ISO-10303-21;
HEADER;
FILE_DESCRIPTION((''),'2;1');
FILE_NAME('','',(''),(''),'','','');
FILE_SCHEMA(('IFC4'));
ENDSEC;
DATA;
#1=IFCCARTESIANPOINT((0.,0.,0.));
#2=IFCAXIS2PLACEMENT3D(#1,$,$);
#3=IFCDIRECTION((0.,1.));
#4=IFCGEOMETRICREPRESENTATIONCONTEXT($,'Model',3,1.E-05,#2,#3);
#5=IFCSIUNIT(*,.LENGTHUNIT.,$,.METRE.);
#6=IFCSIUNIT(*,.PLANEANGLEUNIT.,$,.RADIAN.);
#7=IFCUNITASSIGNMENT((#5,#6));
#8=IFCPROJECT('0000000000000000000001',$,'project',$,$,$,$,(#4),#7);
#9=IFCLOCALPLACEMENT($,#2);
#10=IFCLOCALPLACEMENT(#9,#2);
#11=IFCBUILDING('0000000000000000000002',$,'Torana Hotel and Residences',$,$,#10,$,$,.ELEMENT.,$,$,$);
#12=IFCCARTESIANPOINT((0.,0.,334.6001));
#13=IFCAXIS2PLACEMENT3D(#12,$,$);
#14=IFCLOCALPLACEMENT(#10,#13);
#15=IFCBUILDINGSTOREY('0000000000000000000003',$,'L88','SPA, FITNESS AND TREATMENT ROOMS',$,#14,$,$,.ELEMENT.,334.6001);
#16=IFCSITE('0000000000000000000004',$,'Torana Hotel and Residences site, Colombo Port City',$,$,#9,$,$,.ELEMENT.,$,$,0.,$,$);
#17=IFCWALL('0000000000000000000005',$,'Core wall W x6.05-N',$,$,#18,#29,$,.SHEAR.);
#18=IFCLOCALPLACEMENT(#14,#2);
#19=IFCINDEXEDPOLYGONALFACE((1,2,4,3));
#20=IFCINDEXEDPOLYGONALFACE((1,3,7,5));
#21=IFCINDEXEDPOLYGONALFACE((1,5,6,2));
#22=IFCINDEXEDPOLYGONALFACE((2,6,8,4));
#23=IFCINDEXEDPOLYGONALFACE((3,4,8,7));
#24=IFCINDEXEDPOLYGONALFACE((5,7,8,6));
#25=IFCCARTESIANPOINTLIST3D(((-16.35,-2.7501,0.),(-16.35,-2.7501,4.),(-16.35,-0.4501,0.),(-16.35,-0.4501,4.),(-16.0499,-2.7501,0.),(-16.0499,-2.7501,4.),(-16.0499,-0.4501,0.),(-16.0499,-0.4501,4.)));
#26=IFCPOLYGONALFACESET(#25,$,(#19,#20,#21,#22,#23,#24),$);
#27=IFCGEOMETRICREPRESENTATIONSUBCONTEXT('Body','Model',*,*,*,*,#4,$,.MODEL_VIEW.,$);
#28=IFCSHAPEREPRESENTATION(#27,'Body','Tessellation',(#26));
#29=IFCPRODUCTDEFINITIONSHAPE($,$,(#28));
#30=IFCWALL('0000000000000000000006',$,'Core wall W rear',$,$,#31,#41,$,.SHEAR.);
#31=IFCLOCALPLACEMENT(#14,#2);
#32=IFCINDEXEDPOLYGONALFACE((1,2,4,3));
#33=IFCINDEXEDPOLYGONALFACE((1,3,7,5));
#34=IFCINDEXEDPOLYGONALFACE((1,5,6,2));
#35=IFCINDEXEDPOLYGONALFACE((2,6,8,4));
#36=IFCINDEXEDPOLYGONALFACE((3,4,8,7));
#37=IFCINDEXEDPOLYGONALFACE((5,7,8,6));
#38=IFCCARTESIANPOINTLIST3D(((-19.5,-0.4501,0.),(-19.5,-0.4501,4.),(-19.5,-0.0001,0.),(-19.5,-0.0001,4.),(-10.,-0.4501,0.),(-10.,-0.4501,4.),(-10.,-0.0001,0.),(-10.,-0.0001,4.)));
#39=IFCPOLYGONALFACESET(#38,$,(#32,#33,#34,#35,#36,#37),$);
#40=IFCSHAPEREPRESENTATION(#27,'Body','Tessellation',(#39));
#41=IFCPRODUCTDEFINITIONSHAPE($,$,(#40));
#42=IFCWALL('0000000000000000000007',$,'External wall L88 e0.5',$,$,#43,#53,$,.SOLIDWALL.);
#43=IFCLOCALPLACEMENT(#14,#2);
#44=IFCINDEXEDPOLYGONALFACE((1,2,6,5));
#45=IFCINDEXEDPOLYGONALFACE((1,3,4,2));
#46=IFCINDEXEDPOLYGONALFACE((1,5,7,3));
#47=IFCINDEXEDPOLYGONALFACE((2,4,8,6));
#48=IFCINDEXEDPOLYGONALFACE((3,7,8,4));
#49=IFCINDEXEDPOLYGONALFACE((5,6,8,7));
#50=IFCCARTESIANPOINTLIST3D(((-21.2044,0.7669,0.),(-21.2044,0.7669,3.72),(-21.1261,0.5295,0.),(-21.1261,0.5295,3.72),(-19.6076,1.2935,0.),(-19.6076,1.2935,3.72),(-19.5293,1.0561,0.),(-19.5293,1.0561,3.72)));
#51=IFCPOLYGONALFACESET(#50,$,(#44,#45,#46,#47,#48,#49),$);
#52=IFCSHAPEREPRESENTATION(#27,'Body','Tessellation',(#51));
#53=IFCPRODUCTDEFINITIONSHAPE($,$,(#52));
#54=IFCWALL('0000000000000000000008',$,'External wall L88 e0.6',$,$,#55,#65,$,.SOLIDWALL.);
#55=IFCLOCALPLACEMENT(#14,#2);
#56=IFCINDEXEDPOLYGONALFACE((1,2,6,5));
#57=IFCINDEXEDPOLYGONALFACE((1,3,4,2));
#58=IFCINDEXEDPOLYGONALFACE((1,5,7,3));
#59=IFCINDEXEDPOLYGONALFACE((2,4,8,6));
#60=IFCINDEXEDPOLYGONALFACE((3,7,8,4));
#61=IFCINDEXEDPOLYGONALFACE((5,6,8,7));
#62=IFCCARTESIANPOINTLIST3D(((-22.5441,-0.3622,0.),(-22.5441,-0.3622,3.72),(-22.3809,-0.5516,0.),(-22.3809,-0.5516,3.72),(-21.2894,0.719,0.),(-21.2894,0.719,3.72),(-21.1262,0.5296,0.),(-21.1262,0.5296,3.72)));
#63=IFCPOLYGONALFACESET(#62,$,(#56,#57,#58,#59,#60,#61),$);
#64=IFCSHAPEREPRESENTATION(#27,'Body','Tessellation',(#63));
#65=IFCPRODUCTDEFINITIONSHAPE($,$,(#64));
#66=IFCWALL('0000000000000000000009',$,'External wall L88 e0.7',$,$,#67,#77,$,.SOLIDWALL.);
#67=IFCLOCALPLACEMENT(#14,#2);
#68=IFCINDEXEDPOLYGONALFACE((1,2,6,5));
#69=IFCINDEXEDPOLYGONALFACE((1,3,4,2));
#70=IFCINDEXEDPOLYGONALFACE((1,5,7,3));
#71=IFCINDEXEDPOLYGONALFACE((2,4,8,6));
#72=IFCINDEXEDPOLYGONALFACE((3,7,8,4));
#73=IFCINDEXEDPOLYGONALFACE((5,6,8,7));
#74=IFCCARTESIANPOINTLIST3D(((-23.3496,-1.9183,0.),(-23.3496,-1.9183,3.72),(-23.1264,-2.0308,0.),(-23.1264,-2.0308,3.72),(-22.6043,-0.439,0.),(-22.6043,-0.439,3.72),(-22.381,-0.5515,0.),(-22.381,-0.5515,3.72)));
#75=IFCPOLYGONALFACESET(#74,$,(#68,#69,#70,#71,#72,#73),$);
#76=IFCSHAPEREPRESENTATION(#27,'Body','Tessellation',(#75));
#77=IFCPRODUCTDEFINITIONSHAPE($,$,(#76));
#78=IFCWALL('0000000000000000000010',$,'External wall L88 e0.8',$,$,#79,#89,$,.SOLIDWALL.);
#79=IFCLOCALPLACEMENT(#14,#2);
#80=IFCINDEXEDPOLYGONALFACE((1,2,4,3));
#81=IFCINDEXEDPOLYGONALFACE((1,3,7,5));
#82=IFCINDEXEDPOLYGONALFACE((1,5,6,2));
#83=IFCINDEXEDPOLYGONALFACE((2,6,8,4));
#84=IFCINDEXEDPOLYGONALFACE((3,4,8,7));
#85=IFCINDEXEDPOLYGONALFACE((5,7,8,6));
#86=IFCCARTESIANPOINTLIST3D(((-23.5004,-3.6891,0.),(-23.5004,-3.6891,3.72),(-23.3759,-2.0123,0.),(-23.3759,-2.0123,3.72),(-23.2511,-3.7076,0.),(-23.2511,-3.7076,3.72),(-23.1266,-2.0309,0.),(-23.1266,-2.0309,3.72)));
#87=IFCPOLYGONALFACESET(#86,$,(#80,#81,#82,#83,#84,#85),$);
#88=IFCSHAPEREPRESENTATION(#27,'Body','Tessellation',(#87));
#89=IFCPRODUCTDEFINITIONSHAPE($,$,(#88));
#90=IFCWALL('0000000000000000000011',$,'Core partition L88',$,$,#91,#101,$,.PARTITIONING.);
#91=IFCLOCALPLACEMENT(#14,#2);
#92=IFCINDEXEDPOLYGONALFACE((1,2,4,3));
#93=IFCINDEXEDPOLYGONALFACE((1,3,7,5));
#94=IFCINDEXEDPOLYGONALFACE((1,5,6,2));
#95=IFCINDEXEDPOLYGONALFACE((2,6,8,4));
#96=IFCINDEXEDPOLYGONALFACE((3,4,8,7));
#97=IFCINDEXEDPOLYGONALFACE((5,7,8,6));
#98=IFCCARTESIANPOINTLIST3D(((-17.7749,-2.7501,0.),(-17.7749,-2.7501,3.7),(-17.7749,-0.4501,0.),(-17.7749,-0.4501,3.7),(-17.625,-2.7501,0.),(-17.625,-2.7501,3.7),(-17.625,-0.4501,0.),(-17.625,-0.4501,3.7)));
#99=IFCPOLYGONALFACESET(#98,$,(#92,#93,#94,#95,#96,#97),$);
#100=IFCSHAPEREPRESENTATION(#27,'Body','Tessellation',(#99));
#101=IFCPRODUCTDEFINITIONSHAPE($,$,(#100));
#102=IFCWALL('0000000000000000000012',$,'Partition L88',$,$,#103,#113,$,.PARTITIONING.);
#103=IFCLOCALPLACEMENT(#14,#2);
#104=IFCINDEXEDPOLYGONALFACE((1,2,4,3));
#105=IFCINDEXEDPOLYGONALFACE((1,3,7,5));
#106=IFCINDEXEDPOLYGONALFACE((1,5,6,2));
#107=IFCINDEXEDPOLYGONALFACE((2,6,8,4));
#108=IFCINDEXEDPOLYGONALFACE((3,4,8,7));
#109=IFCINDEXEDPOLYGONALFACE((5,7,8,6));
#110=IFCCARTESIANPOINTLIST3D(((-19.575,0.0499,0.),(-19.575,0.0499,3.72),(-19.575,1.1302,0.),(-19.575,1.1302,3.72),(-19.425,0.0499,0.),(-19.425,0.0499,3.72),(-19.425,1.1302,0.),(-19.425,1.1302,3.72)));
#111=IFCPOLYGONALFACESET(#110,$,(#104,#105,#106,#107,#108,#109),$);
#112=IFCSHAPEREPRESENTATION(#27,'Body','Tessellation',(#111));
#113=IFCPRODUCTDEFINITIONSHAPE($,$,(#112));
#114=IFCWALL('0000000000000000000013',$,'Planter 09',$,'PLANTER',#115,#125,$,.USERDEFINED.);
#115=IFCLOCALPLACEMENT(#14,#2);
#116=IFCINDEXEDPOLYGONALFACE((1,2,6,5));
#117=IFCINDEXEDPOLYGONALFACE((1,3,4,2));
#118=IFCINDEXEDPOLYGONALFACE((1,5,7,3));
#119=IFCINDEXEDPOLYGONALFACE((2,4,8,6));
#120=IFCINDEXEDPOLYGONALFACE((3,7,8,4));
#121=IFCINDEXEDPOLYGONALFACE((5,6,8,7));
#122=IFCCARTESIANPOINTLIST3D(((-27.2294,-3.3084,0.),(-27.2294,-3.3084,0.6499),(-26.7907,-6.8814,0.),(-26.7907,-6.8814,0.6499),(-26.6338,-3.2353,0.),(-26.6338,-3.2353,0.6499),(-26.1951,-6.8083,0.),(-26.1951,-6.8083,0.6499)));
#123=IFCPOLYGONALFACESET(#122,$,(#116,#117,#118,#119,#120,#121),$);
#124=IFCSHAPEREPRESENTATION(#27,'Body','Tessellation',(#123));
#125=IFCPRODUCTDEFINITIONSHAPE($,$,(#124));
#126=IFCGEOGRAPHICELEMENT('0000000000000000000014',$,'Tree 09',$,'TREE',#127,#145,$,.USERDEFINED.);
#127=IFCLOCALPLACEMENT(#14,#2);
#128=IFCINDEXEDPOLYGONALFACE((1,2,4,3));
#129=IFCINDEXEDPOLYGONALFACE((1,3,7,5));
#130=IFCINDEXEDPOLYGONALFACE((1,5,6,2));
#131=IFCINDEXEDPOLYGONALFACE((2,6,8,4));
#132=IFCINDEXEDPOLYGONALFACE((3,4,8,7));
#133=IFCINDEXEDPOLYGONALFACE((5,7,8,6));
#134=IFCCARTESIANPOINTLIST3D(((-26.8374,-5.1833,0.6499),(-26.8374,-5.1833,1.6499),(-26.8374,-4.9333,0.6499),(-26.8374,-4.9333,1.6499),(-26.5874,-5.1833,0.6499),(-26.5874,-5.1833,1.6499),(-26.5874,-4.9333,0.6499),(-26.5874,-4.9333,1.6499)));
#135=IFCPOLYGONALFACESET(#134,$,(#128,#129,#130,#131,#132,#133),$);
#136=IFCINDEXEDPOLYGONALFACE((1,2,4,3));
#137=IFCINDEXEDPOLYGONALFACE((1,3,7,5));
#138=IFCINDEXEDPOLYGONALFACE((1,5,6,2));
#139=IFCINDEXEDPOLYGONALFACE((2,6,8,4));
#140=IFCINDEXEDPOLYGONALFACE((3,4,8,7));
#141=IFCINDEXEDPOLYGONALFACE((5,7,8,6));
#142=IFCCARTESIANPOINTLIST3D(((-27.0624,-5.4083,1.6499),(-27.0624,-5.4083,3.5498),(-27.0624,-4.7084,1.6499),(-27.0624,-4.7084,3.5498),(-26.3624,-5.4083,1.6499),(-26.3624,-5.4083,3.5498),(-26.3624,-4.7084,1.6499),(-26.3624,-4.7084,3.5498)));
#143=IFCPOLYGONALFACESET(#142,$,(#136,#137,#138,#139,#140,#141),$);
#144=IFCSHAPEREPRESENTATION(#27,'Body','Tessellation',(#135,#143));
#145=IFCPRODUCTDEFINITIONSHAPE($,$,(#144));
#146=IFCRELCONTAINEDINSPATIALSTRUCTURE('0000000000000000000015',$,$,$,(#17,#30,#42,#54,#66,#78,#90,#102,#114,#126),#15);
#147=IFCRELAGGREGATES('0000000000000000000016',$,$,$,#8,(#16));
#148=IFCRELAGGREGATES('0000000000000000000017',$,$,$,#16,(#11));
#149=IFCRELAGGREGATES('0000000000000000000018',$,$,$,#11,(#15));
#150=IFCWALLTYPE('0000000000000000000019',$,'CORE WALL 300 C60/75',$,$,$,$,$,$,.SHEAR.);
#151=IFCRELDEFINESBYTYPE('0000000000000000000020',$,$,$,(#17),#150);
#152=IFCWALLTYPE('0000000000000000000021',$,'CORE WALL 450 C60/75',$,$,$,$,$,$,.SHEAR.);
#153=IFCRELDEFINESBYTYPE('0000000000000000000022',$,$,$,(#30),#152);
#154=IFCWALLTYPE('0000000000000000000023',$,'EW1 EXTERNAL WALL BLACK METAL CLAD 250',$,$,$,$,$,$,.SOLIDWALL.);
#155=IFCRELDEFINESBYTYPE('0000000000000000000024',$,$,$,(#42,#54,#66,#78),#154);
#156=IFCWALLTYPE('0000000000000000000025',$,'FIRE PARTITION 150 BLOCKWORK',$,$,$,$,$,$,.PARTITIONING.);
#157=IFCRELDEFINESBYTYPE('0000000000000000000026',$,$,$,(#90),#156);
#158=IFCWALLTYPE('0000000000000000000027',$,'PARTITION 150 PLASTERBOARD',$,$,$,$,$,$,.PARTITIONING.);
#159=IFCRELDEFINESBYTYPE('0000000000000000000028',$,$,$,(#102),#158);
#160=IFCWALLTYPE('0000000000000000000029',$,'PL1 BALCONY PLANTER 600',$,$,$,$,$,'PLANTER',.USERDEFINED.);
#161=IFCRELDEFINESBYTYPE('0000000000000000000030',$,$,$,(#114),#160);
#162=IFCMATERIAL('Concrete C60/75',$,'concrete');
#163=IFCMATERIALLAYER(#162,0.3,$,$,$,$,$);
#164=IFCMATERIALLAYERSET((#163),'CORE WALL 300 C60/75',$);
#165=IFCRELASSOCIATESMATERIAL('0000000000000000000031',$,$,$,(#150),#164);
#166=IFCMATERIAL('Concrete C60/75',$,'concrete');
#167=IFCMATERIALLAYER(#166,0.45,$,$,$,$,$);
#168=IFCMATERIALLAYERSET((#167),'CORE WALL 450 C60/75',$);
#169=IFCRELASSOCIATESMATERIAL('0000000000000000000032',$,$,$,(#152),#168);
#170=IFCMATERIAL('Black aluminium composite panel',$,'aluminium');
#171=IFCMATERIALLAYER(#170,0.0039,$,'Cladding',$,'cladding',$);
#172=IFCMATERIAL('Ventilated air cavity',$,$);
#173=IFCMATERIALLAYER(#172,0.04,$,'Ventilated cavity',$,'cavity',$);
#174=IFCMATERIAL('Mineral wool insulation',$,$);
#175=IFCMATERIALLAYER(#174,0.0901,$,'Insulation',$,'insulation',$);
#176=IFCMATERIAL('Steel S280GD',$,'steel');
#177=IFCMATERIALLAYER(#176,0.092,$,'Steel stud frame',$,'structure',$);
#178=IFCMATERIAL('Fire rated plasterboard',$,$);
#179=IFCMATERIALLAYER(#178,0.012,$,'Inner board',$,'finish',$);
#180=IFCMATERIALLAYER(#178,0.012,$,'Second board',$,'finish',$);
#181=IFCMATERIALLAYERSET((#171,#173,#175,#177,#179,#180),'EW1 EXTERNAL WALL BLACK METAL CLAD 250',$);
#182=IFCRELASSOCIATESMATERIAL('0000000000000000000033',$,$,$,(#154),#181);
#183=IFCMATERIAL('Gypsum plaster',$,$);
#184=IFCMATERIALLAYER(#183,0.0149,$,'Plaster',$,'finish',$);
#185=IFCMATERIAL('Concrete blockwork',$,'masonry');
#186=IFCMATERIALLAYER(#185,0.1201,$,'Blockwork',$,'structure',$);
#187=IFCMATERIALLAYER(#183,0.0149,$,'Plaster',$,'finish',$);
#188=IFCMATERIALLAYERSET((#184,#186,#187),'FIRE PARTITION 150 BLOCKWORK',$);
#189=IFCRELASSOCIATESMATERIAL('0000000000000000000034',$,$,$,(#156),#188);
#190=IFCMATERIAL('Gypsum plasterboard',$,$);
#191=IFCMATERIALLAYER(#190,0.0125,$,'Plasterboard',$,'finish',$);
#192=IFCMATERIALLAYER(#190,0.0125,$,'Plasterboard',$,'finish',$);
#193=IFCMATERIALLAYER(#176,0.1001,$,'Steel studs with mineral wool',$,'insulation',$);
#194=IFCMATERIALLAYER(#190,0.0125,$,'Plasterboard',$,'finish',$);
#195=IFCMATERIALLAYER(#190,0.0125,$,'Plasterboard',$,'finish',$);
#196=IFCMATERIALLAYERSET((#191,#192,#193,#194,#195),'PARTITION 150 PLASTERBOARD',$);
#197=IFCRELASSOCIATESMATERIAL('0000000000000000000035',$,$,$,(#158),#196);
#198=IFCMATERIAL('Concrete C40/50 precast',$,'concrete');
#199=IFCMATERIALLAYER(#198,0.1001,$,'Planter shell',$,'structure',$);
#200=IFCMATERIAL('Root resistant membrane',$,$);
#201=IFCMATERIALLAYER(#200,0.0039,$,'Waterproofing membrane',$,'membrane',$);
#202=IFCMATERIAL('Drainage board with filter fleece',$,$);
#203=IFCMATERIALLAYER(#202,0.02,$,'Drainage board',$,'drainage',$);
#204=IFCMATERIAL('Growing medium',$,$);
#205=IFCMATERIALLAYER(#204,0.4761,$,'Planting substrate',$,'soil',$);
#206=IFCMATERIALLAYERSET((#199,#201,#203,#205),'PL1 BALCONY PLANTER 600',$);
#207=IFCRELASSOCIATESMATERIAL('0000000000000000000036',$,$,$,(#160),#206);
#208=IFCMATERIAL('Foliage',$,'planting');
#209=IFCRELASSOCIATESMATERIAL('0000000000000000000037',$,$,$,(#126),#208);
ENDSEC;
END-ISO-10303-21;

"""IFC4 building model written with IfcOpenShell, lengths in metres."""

from ifc_helpers import new_model, si_unit, direction, frame, frame_2d, origin, origin_2d, place, context, subcontext, project, spatial, rectangle, extrude, material, layer, layer_set, type_object, element, save


model = new_model("IFC4")

# Units and contexts
model_context = context("Model", 3, precision=1e-05, world=origin(), true_north=direction((0.0, 1.0)))
body_context = subcontext(model_context, "Body", "Model", "MODEL_VIEW")
ifc_project = project(units=[si_unit("LENGTHUNIT", "METRE"), si_unit("PLANEANGLEUNIT", "RADIAN")], contexts=[model_context])

# Site, building, storey
site_placement = place(None, origin())
site = spatial("IfcSite", under=ifc_project, at=site_placement, Name="Torana Hotel and Residences site, Colombo Port City", CompositionType="ELEMENT", RefElevation=0.0)
building_placement = place(site_placement, origin())
building = spatial("IfcBuilding", under=site, at=building_placement, Name="Torana Hotel and Residences", CompositionType="ELEMENT")
storey_placement = place(building_placement, frame((0.0, 0.0, 334.6001)))
storey = spatial("IfcBuildingStorey", under=building, at=storey_placement, Name="L88", Description="SPA, FITNESS AND TREATMENT ROOMS", CompositionType="ELEMENT", Elevation=334.6001)

# Shared definitions
ifc_material_1 = material(Name="Concrete C60/75", Category="concrete")
ifc_layer_1 = layer(ifc_material_1, 0.3)
ifc_layer_set_1 = layer_set([ifc_layer_1], Name="CORE WALL 300 C60/75")
wall_type_1 = type_object("IfcWallType", Name="CORE WALL 300 C60/75", PredefinedType="SHEAR", material=ifc_layer_set_1)

# Walls
wall_1_placement = place(storey_placement, frame((-16.2, -2.75, 0.0), z_axis=(0.0, 0.0, 1.0), x_axis=(0.0, 1.0, 0.0)))
element("IfcWall", 1, at=wall_1_placement, inside=storey, type_object=wall_type_1, Name="Core wall W x6.05-N", PredefinedType="SHEAR", context=body_context, shape_type="SweptSolid", body=[
    extrude(rectangle(XDim=2.3, YDim=0.3, at=frame_2d((1.1499, 0.0))), origin(), (0.0, 0.0, 1.0), 4.0),
])
ifc_material_2 = material(Name="Concrete C60/75", Category="concrete")
ifc_layer_2 = layer(ifc_material_2, 0.45)
ifc_layer_set_2 = layer_set([ifc_layer_2], Name="CORE WALL 450 C60/75")
wall_type_2 = type_object("IfcWallType", Name="CORE WALL 450 C60/75", PredefinedType="SHEAR", material=ifc_layer_set_2)
wall_2_placement = place(storey_placement, frame((-19.5, -0.2251, 0.0), z_axis=(0.0, 0.0, 1.0), x_axis=(1.0, 0.0, 0.0)))
element("IfcWall", 2, at=wall_2_placement, inside=storey, type_object=wall_type_2, Name="Core wall W rear", PredefinedType="SHEAR", context=body_context, shape_type="SweptSolid", body=[
    extrude(rectangle(XDim=9.5, YDim=0.45, at=frame_2d((4.75, 0.0))), origin(), (0.0, 0.0, 1.0), 4.0),
])
ifc_material_3 = material(Name="Black aluminium composite panel", Category="aluminium")
ifc_layer_3 = layer(ifc_material_3, 0.0039, Name="Cladding", Category="cladding")
ifc_material_4 = material(Name="Ventilated air cavity")
ifc_layer_4 = layer(ifc_material_4, 0.04, Name="Ventilated cavity", Category="cavity")
ifc_material_5 = material(Name="Mineral wool insulation")
ifc_layer_5 = layer(ifc_material_5, 0.0901, Name="Insulation", Category="insulation")
ifc_material_6 = material(Name="Steel S280GD", Category="steel")
ifc_layer_6 = layer(ifc_material_6, 0.092, Name="Steel stud frame", Category="structure")
ifc_material_7 = material(Name="Fire rated plasterboard")
ifc_layer_7 = layer(ifc_material_7, 0.012, Name="Inner board", Category="finish")
ifc_layer_8 = layer(ifc_material_7, 0.012, Name="Second board", Category="finish")
ifc_layer_set_3 = layer_set([ifc_layer_3, ifc_layer_4, ifc_layer_5, ifc_layer_6, ifc_layer_7, ifc_layer_8], Name="EW1 EXTERNAL WALL BLACK METAL CLAD 250")
wall_type_3 = type_object("IfcWallType", Name="EW1 EXTERNAL WALL BLACK METAL CLAD 250", PredefinedType="SOLIDWALL", material=ifc_layer_set_3)
wall_3_placement = place(storey_placement, frame((-19.5684, 1.1748, 0.0), z_axis=(0.0, 0.0, 1.0), x_axis=(-0.949695, -0.313177, 0.0)))
element("IfcWall", 3, at=wall_3_placement, inside=storey, type_object=wall_type_3, Name="External wall L88 e0.5", PredefinedType="SOLIDWALL", context=body_context, shape_type="SweptSolid", body=[
    extrude(rectangle(XDim=1.6814, YDim=0.25, at=frame_2d((0.8408, 0.0))), origin(), (0.0, 0.0, 1.0), 3.72),
])
wall_4_placement = place(storey_placement, frame((-21.2078, 0.6243, 0.0), z_axis=(0.0, 0.0, 1.0), x_axis=(-0.757568, -0.652756, 0.0)))
element("IfcWall", 4, at=wall_4_placement, inside=storey, type_object=wall_type_3, Name="External wall L88 e0.6", PredefinedType="SOLIDWALL", context=body_context, shape_type="SweptSolid", body=[
    extrude(rectangle(XDim=1.6562, YDim=0.25, at=frame_2d((0.8281, 0.0))), origin(), (0.0, 0.0, 1.0), 3.72),
])
wall_5_placement = place(storey_placement, frame((-22.4927, -0.4954, 0.0), z_axis=(0.0, 0.0, 1.0), x_axis=(-0.449982, -0.893037, 0.0)))
element("IfcWall", 5, at=wall_5_placement, inside=storey, type_object=wall_type_3, Name="External wall L88 e0.7", PredefinedType="SOLIDWALL", context=body_context, shape_type="SweptSolid", body=[
    extrude(rectangle(XDim=1.6565, YDim=0.25, at=frame_2d((0.8281, 0.0))), origin(), (0.0, 0.0, 1.0), 3.72),
])
wall_6_placement = place(storey_placement, frame((-23.2512, -2.0215, 0.0), z_axis=(0.0, 0.0, 1.0), x_axis=(-0.074054, -0.997254, 0.0)))
element("IfcWall", 6, at=wall_6_placement, inside=storey, type_object=wall_type_3, Name="External wall L88 e0.8", PredefinedType="SOLIDWALL", context=body_context, shape_type="SweptSolid", body=[
    extrude(rectangle(XDim=1.6814, YDim=0.25, at=frame_2d((0.8408, 0.0))), origin(), (0.0, 0.0, 1.0), 3.72),
])

# Walls
ifc_material_8 = material(Name="Gypsum plaster")
ifc_layer_9 = layer(ifc_material_8, 0.0149, Name="Plaster", Category="finish")
ifc_material_9 = material(Name="Concrete blockwork", Category="masonry")
ifc_layer_10 = layer(ifc_material_9, 0.1201, Name="Blockwork", Category="structure")
ifc_layer_11 = layer(ifc_material_8, 0.0149, Name="Plaster", Category="finish")
ifc_layer_set_4 = layer_set([ifc_layer_9, ifc_layer_10, ifc_layer_11], Name="FIRE PARTITION 150 BLOCKWORK")
wall_type_4 = type_object("IfcWallType", Name="FIRE PARTITION 150 BLOCKWORK", PredefinedType="PARTITIONING", material=ifc_layer_set_4)
wall_7_placement = place(storey_placement, frame((-17.7, -2.75, 0.0), z_axis=(0.0, 0.0, 1.0), x_axis=(0.0, 1.0, 0.0)))
element("IfcWall", 7, at=wall_7_placement, inside=storey, type_object=wall_type_4, Name="Core partition L88", PredefinedType="PARTITIONING", context=body_context, shape_type="SweptSolid", body=[
    extrude(rectangle(XDim=2.3, YDim=0.1499, at=frame_2d((1.1499, 0.0))), origin(), (0.0, 0.0, 1.0), 3.7),
])
ifc_material_10 = material(Name="Gypsum plasterboard")
ifc_layer_12 = layer(ifc_material_10, 0.0125, Name="Plasterboard", Category="finish")
ifc_layer_13 = layer(ifc_material_10, 0.0125, Name="Plasterboard", Category="finish")
ifc_layer_14 = layer(ifc_material_6, 0.1001, Name="Steel studs with mineral wool", Category="insulation")
ifc_layer_15 = layer(ifc_material_10, 0.0125, Name="Plasterboard", Category="finish")
ifc_layer_16 = layer(ifc_material_10, 0.0125, Name="Plasterboard", Category="finish")
ifc_layer_set_5 = layer_set([ifc_layer_12, ifc_layer_13, ifc_layer_14, ifc_layer_15, ifc_layer_16], Name="PARTITION 150 PLASTERBOARD")
wall_type_5 = type_object("IfcWallType", Name="PARTITION 150 PLASTERBOARD", PredefinedType="PARTITIONING", material=ifc_layer_set_5)
wall_8_placement = place(storey_placement, frame((-19.5, 0.05, 0.0), z_axis=(0.0, 0.0, 1.0), x_axis=(0.0, 1.0, 0.0)))
element("IfcWall", 8, at=wall_8_placement, inside=storey, type_object=wall_type_5, Name="Partition L88", PredefinedType="PARTITIONING", context=body_context, shape_type="SweptSolid", body=[
    extrude(rectangle(XDim=1.0803, YDim=0.1499, at=frame_2d((0.54, 0.0))), origin(), (0.0, 0.0, 1.0), 3.72),
])
ifc_material_11 = material(Name="Concrete C40/50 precast", Category="concrete")
ifc_layer_17 = layer(ifc_material_11, 0.1001, Name="Planter shell", Category="structure")
ifc_material_12 = material(Name="Root resistant membrane")
ifc_layer_18 = layer(ifc_material_12, 0.0039, Name="Waterproofing membrane", Category="membrane")
ifc_material_13 = material(Name="Drainage board with filter fleece")
ifc_layer_19 = layer(ifc_material_13, 0.02, Name="Drainage board", Category="drainage")
ifc_material_14 = material(Name="Growing medium")
ifc_layer_20 = layer(ifc_material_14, 0.4761, Name="Planting substrate", Category="soil")
ifc_layer_set_6 = layer_set([ifc_layer_17, ifc_layer_18, ifc_layer_19, ifc_layer_20], Name="PL1 BALCONY PLANTER 600")
wall_type_6 = type_object("IfcWallType", Name="PL1 BALCONY PLANTER 600", ElementType="PLANTER", PredefinedType="USERDEFINED", material=ifc_layer_set_6)
wall_9_placement = place(storey_placement, frame((-26.4929, -6.8447, 0.0), z_axis=(0.0, 0.0, 1.0), x_axis=(-0.121873, 0.992546, 0.0)))
element("IfcWall", 9, at=wall_9_placement, inside=storey, type_object=wall_type_6, Name="Planter 09", ObjectType="PLANTER", PredefinedType="USERDEFINED", context=body_context, shape_type="SweptSolid", body=[
    extrude(rectangle(XDim=3.5999, YDim=0.6001, at=frame_2d((1.7998, 0.0))), origin(), (0.0, 0.0, 1.0), 0.6499),
])

# Geographic element
ifc_material_15 = material(Name="Foliage", Category="planting")
geographic_element_placement = place(storey_placement, frame((-26.7124, -5.0583, 0.6499), z_axis=(0.0, 0.0, 1.0), x_axis=(1.0, 0.0, 0.0)))
element("IfcGeographicElement", 10, at=geographic_element_placement, inside=storey, material=ifc_material_15, Name="Tree 09", ObjectType="TREE", PredefinedType="USERDEFINED", context=body_context, shape_type="SweptSolid", body=[
    extrude(rectangle(XDim=0.25, YDim=0.25, at=origin_2d()), origin(), (0.0, 0.0, 1.0), 1.0),
    extrude(rectangle(XDim=0.7, YDim=0.7, at=origin_2d()), frame((0.0, 0.0, 1.0)), (0.0, 0.0, 1.0), 1.8999),
])

save(model, "model.ifc")
